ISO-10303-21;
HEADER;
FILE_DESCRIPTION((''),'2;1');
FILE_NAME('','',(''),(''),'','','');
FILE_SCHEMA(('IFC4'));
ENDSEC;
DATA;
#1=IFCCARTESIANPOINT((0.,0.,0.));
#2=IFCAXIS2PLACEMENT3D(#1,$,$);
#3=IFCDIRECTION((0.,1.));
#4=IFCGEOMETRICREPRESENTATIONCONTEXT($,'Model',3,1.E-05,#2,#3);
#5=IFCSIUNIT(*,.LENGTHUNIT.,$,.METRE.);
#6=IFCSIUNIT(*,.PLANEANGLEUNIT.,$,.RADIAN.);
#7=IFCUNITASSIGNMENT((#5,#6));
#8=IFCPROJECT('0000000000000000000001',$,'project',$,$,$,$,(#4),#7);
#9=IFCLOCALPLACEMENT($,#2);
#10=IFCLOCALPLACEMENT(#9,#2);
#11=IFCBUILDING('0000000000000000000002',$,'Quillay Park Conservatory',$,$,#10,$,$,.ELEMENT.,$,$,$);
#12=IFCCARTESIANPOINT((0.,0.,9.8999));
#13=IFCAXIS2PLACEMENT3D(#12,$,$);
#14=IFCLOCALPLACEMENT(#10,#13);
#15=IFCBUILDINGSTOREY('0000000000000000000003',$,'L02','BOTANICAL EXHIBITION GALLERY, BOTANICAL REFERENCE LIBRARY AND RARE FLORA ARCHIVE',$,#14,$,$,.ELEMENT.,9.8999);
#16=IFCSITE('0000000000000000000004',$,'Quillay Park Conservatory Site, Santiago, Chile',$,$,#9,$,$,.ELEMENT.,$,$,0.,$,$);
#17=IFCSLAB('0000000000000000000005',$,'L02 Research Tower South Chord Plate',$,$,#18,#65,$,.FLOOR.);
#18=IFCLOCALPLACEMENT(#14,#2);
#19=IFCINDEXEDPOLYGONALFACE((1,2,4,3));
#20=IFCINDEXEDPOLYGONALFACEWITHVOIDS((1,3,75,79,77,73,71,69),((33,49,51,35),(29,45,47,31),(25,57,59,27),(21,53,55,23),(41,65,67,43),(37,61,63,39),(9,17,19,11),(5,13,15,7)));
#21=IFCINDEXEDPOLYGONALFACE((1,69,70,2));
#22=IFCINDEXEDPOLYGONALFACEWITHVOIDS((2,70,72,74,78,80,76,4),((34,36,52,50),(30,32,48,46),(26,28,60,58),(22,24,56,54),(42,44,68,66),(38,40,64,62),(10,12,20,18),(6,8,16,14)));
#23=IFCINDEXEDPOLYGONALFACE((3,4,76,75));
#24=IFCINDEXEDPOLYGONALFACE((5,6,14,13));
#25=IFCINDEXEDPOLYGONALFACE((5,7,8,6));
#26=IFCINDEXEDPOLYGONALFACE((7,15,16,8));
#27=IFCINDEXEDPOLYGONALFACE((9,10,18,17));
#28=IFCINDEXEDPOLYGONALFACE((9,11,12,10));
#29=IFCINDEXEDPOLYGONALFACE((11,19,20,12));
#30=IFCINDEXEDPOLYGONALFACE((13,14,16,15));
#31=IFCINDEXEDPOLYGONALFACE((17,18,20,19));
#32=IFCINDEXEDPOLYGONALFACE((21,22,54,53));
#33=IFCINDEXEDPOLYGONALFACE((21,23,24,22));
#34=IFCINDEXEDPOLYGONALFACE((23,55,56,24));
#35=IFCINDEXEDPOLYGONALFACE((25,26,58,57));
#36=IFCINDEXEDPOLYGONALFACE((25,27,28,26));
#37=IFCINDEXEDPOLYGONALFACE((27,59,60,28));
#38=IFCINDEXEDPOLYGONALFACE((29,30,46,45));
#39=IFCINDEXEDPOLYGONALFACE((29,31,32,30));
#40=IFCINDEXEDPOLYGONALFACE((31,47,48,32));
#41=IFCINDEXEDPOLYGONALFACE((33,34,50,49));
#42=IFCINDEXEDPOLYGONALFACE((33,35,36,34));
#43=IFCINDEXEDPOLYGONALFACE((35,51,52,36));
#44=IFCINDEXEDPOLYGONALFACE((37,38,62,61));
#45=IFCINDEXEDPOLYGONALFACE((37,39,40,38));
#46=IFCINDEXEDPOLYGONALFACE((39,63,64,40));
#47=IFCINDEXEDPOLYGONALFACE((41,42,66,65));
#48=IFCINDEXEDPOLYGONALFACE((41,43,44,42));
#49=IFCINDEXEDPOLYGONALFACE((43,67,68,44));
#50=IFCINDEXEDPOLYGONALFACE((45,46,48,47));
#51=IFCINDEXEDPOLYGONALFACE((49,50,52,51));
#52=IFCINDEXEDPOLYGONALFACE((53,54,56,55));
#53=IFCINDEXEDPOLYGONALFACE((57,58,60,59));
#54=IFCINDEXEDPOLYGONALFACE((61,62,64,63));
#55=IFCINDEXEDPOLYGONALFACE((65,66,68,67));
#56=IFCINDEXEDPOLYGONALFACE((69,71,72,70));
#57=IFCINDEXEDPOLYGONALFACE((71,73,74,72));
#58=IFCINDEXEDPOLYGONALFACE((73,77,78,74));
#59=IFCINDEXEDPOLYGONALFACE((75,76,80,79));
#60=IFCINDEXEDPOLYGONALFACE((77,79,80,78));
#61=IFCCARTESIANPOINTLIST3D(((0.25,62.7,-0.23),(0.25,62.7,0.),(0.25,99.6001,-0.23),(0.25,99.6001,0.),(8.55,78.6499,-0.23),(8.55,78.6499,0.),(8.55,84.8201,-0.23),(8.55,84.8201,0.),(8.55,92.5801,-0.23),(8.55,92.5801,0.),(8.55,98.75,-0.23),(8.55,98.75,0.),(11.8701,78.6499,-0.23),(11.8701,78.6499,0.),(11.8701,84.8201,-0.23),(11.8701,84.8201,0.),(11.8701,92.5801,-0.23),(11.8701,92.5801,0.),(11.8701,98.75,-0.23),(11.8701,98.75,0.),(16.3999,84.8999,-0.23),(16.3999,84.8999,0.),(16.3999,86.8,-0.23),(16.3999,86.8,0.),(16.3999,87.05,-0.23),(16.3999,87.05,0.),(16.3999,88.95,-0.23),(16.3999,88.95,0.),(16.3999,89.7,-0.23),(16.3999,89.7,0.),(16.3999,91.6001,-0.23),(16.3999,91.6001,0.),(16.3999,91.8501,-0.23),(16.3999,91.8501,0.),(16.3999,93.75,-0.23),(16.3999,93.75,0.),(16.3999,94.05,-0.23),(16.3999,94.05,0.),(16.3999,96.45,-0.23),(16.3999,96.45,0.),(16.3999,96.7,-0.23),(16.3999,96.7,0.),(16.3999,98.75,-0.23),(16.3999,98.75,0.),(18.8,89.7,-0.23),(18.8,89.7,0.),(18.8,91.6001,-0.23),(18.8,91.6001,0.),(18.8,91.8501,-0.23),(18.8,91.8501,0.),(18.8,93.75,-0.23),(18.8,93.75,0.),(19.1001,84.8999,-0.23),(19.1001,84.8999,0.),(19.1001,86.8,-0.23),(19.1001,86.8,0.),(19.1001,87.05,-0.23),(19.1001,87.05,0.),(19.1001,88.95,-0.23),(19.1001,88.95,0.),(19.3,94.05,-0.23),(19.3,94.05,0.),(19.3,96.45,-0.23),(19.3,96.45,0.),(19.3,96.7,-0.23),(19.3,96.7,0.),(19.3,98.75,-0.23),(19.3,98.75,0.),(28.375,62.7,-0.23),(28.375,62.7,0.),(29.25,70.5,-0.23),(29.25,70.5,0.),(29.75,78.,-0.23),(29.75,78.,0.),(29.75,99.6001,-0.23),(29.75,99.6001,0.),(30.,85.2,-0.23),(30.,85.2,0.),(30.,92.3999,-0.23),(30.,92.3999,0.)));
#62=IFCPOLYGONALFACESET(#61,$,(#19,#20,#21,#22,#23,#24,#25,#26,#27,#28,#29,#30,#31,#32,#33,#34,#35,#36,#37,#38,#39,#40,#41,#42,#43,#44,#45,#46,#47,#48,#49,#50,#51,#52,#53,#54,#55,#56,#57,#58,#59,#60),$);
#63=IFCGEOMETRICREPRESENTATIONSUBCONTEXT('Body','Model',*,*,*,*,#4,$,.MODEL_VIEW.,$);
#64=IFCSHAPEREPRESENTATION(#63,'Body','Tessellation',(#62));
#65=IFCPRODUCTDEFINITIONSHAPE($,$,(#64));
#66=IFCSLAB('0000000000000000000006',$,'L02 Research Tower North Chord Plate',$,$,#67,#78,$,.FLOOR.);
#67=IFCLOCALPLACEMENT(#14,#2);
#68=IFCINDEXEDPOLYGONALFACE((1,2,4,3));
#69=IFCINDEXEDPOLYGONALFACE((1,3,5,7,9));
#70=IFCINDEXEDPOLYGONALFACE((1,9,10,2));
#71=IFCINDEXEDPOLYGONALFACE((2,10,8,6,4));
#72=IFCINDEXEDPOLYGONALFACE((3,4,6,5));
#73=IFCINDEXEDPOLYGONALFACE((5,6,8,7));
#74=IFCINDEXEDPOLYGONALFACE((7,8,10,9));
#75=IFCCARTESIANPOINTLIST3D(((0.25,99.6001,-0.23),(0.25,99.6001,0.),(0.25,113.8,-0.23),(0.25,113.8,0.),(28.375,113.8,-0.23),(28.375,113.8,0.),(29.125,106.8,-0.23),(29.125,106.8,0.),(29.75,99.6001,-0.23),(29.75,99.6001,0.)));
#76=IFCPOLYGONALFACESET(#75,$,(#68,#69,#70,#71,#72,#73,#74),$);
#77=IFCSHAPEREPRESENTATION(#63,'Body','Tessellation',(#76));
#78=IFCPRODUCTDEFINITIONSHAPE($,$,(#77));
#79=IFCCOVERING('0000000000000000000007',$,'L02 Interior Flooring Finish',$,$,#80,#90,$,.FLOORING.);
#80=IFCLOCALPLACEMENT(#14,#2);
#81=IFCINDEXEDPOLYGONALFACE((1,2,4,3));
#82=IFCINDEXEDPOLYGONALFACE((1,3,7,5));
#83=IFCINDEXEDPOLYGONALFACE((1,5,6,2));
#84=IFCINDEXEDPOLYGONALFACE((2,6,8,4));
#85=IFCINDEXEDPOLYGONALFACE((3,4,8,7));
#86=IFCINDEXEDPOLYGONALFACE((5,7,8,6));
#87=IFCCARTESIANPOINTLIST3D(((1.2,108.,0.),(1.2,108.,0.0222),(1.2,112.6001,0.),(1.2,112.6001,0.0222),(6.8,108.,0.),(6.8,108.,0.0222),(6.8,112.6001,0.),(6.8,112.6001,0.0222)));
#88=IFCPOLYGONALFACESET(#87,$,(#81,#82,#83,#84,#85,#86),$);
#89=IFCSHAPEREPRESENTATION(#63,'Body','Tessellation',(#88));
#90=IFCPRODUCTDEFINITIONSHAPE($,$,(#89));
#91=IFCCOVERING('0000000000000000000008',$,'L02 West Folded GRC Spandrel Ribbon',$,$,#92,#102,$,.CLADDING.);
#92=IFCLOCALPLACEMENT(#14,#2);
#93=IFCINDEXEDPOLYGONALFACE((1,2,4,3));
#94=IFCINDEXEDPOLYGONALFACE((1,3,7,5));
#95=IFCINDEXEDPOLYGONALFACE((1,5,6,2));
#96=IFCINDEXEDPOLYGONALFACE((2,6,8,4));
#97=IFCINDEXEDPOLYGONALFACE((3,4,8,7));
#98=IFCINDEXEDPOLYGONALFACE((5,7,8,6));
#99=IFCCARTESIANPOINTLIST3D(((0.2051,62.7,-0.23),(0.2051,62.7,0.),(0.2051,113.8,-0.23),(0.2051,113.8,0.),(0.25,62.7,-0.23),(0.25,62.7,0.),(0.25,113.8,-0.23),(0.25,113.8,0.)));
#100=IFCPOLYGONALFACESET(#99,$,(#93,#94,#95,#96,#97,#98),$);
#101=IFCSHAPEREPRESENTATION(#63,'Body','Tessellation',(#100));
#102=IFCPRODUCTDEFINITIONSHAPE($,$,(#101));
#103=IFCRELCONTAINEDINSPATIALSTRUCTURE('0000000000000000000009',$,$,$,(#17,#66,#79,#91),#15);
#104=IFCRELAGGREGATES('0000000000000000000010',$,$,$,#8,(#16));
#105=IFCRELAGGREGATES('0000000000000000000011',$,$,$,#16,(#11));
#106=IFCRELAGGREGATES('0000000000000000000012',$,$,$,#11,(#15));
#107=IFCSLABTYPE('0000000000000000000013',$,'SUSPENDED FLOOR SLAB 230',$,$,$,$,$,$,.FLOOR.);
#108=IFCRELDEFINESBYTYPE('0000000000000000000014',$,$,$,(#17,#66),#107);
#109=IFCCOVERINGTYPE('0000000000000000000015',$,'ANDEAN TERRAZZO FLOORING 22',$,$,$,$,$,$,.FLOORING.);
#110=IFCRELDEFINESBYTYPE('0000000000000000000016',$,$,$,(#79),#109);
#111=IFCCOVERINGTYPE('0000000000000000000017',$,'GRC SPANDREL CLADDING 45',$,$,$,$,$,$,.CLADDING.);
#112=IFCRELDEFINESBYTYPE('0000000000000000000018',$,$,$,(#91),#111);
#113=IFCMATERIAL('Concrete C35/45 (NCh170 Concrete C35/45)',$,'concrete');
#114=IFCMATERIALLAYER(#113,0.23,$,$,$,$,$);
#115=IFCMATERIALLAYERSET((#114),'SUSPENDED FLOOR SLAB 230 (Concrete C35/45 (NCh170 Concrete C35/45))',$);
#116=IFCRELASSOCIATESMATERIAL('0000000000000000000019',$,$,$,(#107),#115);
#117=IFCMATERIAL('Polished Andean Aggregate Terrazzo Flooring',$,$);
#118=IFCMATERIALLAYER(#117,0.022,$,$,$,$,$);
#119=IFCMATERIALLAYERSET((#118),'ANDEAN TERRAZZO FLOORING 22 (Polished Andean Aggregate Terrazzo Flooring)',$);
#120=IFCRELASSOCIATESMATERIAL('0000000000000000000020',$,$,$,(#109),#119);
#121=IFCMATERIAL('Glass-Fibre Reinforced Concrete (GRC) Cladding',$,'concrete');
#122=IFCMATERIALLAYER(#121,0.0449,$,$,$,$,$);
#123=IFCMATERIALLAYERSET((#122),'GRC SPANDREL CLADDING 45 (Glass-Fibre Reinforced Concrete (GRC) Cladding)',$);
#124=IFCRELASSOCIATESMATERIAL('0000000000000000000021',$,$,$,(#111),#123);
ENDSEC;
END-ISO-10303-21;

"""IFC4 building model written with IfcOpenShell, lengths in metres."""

from ifc_helpers import new_model, si_unit, direction, frame, origin, place, context, subcontext, project, spatial, polyline, outline, extrude, material, layer, layer_set, type_object, element, save


model = new_model("IFC4")

# Units and contexts
model_context = context("Model", 3, precision=1e-05, world=origin(), true_north=direction((0.0, 1.0)))
body_context = subcontext(model_context, "Body", "Model", "MODEL_VIEW")
ifc_project = project(units=[si_unit("LENGTHUNIT", "METRE"), si_unit("PLANEANGLEUNIT", "RADIAN")], contexts=[model_context])

# Site, building, storey
site_placement = place(None, origin())
site = spatial("IfcSite", under=ifc_project, at=site_placement, Name="Quillay Park Conservatory Site, Santiago, Chile", CompositionType="ELEMENT", RefElevation=0.0)
building_placement = place(site_placement, origin())
building = spatial("IfcBuilding", under=site, at=building_placement, Name="Quillay Park Conservatory", CompositionType="ELEMENT")
storey_placement = place(building_placement, frame((0.0, 0.0, 9.8999)))
storey = spatial("IfcBuildingStorey", under=building, at=storey_placement, Name="L02", Description="BOTANICAL EXHIBITION GALLERY, BOTANICAL REFERENCE LIBRARY AND RARE FLORA ARCHIVE", CompositionType="ELEMENT", Elevation=9.8999)

# Slabs
ifc_material_1 = material(Name="Concrete C35/45 (NCh170 Concrete C35/45)", Category="concrete")
ifc_layer_1 = layer(ifc_material_1, 0.23)
ifc_layer_set_1 = layer_set([ifc_layer_1], Name="SUSPENDED FLOOR SLAB 230 (Concrete C35/45 (NCh170 Concrete C35/45))")
slab_type_1 = type_object("IfcSlabType", Name="SUSPENDED FLOOR SLAB 230", PredefinedType="FLOOR", material=ifc_layer_set_1)
slab_1_placement = place(storey_placement, frame((0.0, 0.0, -0.23)))
element("IfcSlab", 1, at=slab_1_placement, inside=storey, type_object=slab_type_1, Name="L02 Research Tower South Chord Plate", PredefinedType="FLOOR", context=body_context, shape_type="SweptSolid", body=[
    extrude(outline(polyline([(0.25, 62.7), (28.375, 62.7), (29.25, 70.5), (29.75, 78.0), (30.0, 85.2), (30.0, 92.3999), (29.75, 99.6001), (0.25, 99.6001), (0.25, 62.7)]), holes=[polyline([(8.55, 92.5801), (11.8701, 92.5801), (11.8701, 98.75), (8.55, 98.75), (8.55, 92.5801)]), polyline([(8.55, 78.6499), (11.8701, 78.6499), (11.8701, 84.8201), (8.55, 84.8201), (8.55, 78.6499)]), polyline([(16.3999, 84.8999), (19.1001, 84.8999), (19.1001, 86.8), (16.3999, 86.8), (16.3999, 84.8999)]), polyline([(16.3999, 87.05), (19.1001, 87.05), (19.1001, 88.95), (16.3999, 88.95), (16.3999, 87.05)]), polyline([(16.3999, 89.7), (18.8, 89.7), (18.8, 91.6001), (16.3999, 91.6001), (16.3999, 89.7)]), polyline([(16.3999, 91.8501), (18.8, 91.8501), (18.8, 93.75), (16.3999, 93.75), (16.3999, 91.8501)]), polyline([(16.3999, 94.05), (19.3, 94.05), (19.3, 96.45), (16.3999, 96.45), (16.3999, 94.05)]), polyline([(16.3999, 96.7), (19.3, 96.7), (19.3, 98.75), (16.3999, 98.75), (16.3999, 96.7)])]), origin(), (0.0, 0.0, 1.0), 0.23),
])
slab_2_placement = place(storey_placement, frame((0.0, 0.0, -0.23)))
element("IfcSlab", 2, at=slab_2_placement, inside=storey, type_object=slab_type_1, Name="L02 Research Tower North Chord Plate", PredefinedType="FLOOR", context=body_context, shape_type="SweptSolid", body=[
    extrude(outline(polyline([(0.25, 99.6001), (29.75, 99.6001), (29.125, 106.8), (28.375, 113.8), (0.25, 113.8), (0.25, 99.6001)])), origin(), (0.0, 0.0, 1.0), 0.23),
])

# Coverings
ifc_material_2 = material(Name="Polished Andean Aggregate Terrazzo Flooring")
ifc_layer_2 = layer(ifc_material_2, 0.022)
ifc_layer_set_2 = layer_set([ifc_layer_2], Name="ANDEAN TERRAZZO FLOORING 22 (Polished Andean Aggregate Terrazzo Flooring)")
covering_type_1 = type_object("IfcCoveringType", Name="ANDEAN TERRAZZO FLOORING 22", PredefinedType="FLOORING", material=ifc_layer_set_2)
covering_1_placement = place(storey_placement, origin())
element("IfcCovering", 3, at=covering_1_placement, inside=storey, type_object=covering_type_1, Name="L02 Interior Flooring Finish", PredefinedType="FLOORING", context=body_context, shape_type="SweptSolid", body=[
    extrude(outline(polyline([(1.2, 108.0), (6.8, 108.0), (6.8, 112.6001), (1.2, 112.6001), (1.2, 108.0)])), origin(), (0.0, 0.0, 1.0), 0.0222),
])
ifc_material_3 = material(Name="Glass-Fibre Reinforced Concrete (GRC) Cladding", Category="concrete")
ifc_layer_3 = layer(ifc_material_3, 0.0449)
ifc_layer_set_3 = layer_set([ifc_layer_3], Name="GRC SPANDREL CLADDING 45 (Glass-Fibre Reinforced Concrete (GRC) Cladding)")
covering_type_2 = type_object("IfcCoveringType", Name="GRC SPANDREL CLADDING 45", PredefinedType="CLADDING", material=ifc_layer_set_3)
covering_2_placement = place(storey_placement, frame((0.0, 0.0, -0.23)))
element("IfcCovering", 4, at=covering_2_placement, inside=storey, type_object=covering_type_2, Name="L02 West Folded GRC Spandrel Ribbon", PredefinedType="CLADDING", context=body_context, shape_type="SweptSolid", body=[
    extrude(outline(polyline([(0.2051, 62.7), (0.25, 62.7), (0.25, 113.8), (0.2051, 113.8), (0.2051, 62.7)])), origin(), (0.0, 0.0, 1.0), 0.23),
])

save(model, "model.ifc")
